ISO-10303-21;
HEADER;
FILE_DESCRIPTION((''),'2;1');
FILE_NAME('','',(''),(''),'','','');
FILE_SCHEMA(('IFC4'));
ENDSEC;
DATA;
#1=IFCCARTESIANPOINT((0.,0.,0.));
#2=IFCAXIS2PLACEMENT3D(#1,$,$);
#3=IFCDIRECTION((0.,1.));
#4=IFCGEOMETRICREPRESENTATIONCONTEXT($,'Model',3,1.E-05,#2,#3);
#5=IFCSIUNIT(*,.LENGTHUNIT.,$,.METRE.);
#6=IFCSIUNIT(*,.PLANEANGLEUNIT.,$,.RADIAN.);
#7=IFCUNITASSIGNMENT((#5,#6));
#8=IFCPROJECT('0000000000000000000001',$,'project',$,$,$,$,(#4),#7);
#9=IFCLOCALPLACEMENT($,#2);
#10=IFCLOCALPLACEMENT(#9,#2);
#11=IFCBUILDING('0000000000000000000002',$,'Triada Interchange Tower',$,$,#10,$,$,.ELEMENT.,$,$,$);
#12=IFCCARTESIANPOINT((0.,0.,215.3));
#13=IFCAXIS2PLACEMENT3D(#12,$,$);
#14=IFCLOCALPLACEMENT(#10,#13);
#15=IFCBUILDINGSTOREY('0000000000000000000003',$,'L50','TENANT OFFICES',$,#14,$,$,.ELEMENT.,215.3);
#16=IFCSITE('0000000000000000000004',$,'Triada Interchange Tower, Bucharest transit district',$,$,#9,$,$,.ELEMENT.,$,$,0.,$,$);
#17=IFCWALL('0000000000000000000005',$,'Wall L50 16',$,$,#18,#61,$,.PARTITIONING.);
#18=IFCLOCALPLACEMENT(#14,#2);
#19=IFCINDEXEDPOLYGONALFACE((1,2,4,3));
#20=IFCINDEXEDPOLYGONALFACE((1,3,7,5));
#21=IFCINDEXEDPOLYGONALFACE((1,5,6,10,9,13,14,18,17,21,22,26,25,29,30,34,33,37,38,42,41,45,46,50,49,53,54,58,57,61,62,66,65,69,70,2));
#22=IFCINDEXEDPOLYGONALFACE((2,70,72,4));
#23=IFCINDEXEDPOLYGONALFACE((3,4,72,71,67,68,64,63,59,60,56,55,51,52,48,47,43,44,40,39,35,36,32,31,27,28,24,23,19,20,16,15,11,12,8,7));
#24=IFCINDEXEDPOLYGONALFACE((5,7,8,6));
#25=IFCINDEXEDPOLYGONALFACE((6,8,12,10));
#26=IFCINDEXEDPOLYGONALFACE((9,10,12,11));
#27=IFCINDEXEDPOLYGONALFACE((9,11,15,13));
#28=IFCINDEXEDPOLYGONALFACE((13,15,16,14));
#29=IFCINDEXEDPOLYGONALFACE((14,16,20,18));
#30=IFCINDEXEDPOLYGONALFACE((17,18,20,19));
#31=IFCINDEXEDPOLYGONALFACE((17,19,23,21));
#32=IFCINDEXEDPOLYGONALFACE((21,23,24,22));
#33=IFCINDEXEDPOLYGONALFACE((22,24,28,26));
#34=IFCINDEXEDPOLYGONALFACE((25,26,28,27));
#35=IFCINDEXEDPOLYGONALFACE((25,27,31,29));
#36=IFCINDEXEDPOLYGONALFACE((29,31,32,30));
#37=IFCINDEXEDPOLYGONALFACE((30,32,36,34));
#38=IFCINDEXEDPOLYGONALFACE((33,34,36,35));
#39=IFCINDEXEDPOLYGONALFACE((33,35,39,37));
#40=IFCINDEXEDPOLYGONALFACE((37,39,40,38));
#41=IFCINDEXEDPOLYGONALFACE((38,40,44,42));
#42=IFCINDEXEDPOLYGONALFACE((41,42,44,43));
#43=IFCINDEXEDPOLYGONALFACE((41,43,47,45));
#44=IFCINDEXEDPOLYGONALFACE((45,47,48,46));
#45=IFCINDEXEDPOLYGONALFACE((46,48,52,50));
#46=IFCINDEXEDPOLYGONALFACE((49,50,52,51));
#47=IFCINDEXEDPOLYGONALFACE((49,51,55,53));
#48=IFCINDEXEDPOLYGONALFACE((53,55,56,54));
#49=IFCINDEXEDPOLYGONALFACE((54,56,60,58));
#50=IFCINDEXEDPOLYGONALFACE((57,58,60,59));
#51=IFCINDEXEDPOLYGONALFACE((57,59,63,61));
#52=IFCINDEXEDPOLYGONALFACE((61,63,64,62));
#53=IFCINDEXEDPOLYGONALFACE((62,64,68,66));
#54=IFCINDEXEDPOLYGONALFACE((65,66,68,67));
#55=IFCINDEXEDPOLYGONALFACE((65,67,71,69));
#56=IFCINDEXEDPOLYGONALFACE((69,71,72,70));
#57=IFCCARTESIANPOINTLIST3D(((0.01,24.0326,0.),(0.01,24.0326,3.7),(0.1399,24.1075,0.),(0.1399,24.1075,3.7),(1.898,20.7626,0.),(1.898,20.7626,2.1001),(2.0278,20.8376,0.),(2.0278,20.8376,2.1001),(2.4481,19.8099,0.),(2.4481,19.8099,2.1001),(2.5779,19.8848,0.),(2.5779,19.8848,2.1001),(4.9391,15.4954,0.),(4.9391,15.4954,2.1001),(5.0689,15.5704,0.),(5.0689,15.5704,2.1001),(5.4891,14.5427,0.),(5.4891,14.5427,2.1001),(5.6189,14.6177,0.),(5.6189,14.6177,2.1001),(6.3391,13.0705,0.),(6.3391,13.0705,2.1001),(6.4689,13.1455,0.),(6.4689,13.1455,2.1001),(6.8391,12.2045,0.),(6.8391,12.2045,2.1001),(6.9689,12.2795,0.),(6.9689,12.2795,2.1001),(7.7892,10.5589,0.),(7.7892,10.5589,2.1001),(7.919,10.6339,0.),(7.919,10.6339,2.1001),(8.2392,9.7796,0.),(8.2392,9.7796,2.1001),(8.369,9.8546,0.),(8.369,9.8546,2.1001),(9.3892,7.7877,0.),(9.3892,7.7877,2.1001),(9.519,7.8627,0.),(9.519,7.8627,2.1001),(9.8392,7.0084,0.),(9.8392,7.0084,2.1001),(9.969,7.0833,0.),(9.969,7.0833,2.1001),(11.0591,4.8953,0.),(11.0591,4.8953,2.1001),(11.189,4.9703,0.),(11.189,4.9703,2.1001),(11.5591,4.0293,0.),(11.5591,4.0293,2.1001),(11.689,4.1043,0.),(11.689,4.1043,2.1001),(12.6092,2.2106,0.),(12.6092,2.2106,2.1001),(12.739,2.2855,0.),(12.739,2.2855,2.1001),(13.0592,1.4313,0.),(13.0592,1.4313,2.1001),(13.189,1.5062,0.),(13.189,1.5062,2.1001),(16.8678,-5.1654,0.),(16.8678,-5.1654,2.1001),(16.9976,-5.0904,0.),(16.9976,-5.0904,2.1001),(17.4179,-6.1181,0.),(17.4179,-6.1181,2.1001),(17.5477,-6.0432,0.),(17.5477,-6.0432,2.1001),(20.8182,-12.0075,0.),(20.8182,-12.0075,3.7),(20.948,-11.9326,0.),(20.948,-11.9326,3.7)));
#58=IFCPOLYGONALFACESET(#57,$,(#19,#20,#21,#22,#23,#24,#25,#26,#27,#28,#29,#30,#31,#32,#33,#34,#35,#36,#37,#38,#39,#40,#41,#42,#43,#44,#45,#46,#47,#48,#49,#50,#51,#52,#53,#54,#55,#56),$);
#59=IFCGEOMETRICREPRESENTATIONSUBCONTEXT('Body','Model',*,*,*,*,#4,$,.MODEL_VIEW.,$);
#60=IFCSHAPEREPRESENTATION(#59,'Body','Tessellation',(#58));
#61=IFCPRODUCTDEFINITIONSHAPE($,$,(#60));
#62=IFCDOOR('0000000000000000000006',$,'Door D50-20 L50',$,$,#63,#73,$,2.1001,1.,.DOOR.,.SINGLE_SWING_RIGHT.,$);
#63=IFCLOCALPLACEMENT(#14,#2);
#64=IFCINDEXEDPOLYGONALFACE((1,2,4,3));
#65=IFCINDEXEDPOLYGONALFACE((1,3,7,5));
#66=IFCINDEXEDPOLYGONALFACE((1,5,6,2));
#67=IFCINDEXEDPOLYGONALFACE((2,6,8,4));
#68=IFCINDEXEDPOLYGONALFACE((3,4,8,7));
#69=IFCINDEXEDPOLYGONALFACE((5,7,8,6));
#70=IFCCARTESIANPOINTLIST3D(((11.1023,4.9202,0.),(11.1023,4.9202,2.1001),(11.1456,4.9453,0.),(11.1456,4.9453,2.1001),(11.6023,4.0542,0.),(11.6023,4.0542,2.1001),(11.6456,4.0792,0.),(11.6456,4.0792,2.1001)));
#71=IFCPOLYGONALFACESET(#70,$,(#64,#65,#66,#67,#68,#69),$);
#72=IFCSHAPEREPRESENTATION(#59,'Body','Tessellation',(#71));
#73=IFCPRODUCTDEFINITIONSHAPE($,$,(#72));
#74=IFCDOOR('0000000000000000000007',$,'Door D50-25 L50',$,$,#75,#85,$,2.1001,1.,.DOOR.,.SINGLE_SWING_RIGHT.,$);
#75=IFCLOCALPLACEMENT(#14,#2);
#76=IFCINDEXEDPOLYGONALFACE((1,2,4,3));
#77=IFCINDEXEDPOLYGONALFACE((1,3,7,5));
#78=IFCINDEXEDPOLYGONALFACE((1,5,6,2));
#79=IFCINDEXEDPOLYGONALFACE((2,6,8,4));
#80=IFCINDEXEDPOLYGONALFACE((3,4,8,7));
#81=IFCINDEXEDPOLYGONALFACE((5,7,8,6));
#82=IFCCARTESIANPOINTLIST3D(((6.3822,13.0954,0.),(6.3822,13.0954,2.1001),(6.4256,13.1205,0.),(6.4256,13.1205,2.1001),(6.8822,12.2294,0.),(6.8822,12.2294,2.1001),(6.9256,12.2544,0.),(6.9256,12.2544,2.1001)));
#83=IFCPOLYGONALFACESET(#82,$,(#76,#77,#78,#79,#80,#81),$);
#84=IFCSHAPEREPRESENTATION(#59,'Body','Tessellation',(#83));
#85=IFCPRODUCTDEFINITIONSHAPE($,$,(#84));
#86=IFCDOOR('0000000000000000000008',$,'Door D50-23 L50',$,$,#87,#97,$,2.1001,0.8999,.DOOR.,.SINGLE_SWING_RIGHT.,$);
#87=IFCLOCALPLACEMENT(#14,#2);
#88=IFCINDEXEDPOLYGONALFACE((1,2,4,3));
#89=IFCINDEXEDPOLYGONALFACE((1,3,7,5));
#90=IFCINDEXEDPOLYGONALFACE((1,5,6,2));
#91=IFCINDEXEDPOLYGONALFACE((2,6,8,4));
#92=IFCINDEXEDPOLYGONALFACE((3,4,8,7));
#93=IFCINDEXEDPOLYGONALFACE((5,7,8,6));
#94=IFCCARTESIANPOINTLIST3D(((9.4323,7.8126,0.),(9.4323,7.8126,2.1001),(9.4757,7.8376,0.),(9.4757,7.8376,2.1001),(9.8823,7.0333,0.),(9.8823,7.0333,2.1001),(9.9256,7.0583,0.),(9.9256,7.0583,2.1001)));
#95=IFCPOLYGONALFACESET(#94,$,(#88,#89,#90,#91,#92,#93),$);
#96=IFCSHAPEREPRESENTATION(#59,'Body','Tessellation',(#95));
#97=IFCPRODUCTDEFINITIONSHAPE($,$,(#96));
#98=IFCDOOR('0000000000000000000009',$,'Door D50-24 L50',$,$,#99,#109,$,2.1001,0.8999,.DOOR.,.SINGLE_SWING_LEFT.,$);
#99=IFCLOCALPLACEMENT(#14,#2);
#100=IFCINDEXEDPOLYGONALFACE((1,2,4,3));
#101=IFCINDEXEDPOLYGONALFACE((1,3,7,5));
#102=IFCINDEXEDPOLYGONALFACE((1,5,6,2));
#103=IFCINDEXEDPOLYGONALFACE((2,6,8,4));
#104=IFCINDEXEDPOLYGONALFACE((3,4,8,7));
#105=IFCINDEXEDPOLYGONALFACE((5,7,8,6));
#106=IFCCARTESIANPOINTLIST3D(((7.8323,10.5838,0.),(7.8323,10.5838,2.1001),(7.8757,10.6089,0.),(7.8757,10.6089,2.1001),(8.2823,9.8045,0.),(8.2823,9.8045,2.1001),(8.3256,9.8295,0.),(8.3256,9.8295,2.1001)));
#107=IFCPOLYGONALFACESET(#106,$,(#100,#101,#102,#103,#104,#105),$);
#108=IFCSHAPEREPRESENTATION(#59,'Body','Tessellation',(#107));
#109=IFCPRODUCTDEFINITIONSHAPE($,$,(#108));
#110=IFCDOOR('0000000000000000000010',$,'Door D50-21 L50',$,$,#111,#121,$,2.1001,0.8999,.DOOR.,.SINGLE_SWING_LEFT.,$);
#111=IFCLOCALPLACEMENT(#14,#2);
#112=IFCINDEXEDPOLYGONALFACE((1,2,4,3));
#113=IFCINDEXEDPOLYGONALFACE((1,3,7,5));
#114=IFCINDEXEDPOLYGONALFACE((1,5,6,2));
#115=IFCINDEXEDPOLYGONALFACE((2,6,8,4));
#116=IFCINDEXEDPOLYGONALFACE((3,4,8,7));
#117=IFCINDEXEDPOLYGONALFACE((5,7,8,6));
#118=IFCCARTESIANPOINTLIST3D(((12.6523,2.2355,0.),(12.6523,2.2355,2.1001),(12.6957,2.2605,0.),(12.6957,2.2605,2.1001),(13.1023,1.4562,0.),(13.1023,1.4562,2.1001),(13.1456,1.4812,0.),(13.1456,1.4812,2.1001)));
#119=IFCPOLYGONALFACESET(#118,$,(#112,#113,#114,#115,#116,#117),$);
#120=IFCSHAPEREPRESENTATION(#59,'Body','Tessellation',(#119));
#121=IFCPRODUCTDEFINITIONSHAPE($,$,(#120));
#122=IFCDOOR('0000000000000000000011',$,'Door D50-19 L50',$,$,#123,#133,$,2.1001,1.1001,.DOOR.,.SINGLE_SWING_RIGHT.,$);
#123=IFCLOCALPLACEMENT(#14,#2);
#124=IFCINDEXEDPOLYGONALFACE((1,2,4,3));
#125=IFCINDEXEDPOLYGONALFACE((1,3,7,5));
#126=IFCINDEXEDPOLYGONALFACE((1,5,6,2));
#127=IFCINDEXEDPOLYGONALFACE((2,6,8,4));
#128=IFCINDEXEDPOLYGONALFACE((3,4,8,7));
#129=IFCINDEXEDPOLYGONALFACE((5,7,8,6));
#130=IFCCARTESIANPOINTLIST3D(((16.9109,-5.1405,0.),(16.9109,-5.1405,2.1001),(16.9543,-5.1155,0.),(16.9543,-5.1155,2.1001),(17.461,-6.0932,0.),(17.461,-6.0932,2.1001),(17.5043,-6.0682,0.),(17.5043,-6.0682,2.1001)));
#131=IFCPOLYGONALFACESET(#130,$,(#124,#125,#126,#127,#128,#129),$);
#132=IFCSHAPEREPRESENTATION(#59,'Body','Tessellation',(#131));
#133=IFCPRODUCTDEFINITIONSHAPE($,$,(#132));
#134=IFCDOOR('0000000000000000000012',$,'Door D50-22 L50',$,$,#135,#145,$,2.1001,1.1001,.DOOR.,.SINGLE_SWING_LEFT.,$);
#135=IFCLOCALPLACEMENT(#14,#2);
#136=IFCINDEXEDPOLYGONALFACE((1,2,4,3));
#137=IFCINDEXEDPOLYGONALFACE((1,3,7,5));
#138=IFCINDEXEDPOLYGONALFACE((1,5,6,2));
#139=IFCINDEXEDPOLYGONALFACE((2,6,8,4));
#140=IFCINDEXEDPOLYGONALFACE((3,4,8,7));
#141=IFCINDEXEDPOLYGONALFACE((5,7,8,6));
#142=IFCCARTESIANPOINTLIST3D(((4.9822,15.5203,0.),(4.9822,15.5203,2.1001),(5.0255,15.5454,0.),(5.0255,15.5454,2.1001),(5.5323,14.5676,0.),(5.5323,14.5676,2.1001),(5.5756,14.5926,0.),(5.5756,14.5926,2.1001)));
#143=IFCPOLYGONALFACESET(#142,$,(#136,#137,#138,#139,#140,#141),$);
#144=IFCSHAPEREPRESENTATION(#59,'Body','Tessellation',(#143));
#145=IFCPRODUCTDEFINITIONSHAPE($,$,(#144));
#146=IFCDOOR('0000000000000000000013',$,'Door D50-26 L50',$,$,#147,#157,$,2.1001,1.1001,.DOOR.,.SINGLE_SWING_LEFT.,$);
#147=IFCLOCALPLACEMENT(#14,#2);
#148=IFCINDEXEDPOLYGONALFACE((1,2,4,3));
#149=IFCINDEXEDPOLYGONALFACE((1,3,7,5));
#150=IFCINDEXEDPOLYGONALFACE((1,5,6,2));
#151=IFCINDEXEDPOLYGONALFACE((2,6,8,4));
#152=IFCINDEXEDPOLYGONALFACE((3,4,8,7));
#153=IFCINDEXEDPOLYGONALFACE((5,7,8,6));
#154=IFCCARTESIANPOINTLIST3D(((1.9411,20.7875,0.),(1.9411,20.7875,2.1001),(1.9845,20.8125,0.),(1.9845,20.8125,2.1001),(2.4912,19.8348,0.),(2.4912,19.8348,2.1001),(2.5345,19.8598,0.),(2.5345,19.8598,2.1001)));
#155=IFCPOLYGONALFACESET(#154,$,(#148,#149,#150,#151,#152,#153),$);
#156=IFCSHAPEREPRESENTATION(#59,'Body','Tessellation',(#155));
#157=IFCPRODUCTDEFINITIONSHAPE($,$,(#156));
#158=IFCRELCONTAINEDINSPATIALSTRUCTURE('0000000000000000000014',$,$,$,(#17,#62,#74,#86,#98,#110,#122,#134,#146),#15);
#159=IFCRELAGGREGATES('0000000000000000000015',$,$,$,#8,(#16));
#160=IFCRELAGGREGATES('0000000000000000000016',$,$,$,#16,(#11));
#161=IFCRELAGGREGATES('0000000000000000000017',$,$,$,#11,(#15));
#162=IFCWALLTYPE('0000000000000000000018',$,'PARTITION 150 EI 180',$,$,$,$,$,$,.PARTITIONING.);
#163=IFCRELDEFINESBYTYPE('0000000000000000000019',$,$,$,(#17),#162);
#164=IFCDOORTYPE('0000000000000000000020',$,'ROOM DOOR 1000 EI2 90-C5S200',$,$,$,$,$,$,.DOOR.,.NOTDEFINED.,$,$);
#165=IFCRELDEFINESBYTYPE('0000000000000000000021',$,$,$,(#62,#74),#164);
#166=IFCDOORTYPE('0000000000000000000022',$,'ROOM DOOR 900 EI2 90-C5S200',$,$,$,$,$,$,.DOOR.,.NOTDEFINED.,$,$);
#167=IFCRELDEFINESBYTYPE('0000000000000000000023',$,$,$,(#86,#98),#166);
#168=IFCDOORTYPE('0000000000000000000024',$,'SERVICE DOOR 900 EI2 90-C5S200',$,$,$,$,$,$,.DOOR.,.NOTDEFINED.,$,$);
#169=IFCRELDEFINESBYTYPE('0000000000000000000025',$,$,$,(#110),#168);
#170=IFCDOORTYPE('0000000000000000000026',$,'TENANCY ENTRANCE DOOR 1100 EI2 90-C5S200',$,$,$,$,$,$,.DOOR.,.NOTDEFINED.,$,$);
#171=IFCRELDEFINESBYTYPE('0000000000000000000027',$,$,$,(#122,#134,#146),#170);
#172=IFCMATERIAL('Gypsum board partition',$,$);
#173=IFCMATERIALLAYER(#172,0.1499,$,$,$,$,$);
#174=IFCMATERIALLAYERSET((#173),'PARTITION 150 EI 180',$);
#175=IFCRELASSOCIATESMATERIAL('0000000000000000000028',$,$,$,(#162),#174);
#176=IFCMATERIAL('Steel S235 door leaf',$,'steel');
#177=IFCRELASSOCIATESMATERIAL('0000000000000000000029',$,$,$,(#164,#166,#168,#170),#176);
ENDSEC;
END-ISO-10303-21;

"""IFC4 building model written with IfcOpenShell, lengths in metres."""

from ifc_helpers import new_model, si_unit, direction, frame, frame_2d, origin, place, context, subcontext, project, spatial, rectangle, extrude, material, layer, layer_set, type_object, element, fill, save


model = new_model("IFC4")

# Units and contexts
model_context = context("Model", 3, precision=1e-05, world=origin(), true_north=direction((0.0, 1.0)))
body_context = subcontext(model_context, "Body", "Model", "MODEL_VIEW")
ifc_project = project(units=[si_unit("LENGTHUNIT", "METRE"), si_unit("PLANEANGLEUNIT", "RADIAN")], contexts=[model_context])

# Site, building, storey
site_placement = place(None, origin())
site = spatial("IfcSite", under=ifc_project, at=site_placement, Name="Triada Interchange Tower, Bucharest transit district", CompositionType="ELEMENT", RefElevation=0.0)
building_placement = place(site_placement, origin())
building = spatial("IfcBuilding", under=site, at=building_placement, Name="Triada Interchange Tower", CompositionType="ELEMENT")
storey_placement = place(building_placement, frame((0.0, 0.0, 215.3)))
storey = spatial("IfcBuildingStorey", under=building, at=storey_placement, Name="L50", Description="TENANT OFFICES", CompositionType="ELEMENT", Elevation=215.3)

# Wall, openings, doors
ifc_material_1 = material(Name="Gypsum board partition")
ifc_layer_1 = layer(ifc_material_1, 0.1499)
ifc_layer_set_1 = layer_set([ifc_layer_1], Name="PARTITION 150 EI 180")
wall_type_1 = type_object("IfcWallType", Name="PARTITION 150 EI 180", PredefinedType="PARTITIONING", material=ifc_layer_set_1)
wall_1_placement = place(storey_placement, frame((0.075, 24.0701, 0.0), z_axis=(0.0, 0.0, 1.0), x_axis=(0.500007, -0.866021, 0.0)))
wall_1 = element("IfcWall", 1, at=wall_1_placement, inside=storey, type_object=wall_type_1, Name="Wall L50 16", PredefinedType="PARTITIONING", context=body_context, shape_type="SweptSolid", body=[
    extrude(rectangle(XDim=41.6157, YDim=0.1499, at=frame_2d((20.8079, 0.0))), origin(), (0.0, 0.0, 1.0), 3.7),
])
opening_1_placement = place(wall_1_placement, frame((33.7151, 0.0, 0.0)))
opening_1 = element("IfcOpeningElement", 2, at=opening_1_placement, cuts=wall_1, PredefinedType="OPENING", context=body_context, shape_type="SweptSolid", body=[
    extrude(rectangle(XDim=1.1001, YDim=2.1001, at=frame_2d((0.55, 1.05))), frame((0.0, 0.085, 0.0), z_axis=(0.0, -1.0, 0.0), x_axis=(1.0, 0.0, 0.0)), (0.0, 0.0, 1.0), 0.1699),
])
opening_2_placement = place(wall_1_placement, frame((22.0979, 0.0, 0.0)))
opening_2 = element("IfcOpeningElement", 3, at=opening_2_placement, cuts=wall_1, PredefinedType="OPENING", context=body_context, shape_type="SweptSolid", body=[
    extrude(rectangle(XDim=1.0, YDim=2.1001, at=frame_2d((0.5, 1.05))), frame((0.0, 0.085, 0.0), z_axis=(0.0, -1.0, 0.0), x_axis=(1.0, 0.0, 0.0)), (0.0, 0.0, 1.0), 0.1699),
])
opening_3_placement = place(wall_1_placement, frame((25.198, 0.0, 0.0)))
opening_3 = element("IfcOpeningElement", 4, at=opening_3_placement, cuts=wall_1, PredefinedType="OPENING", context=body_context, shape_type="SweptSolid", body=[
    extrude(rectangle(XDim=0.8999, YDim=2.1001, at=frame_2d((0.45, 1.05))), frame((0.0, 0.085, 0.0), z_axis=(0.0, -1.0, 0.0), x_axis=(1.0, 0.0, 0.0)), (0.0, 0.0, 1.0), 0.1699),
])
opening_4_placement = place(wall_1_placement, frame((9.8579, 0.0, 0.0)))
opening_4 = element("IfcOpeningElement", 5, at=opening_4_placement, cuts=wall_1, PredefinedType="OPENING", context=body_context, shape_type="SweptSolid", body=[
    extrude(rectangle(XDim=1.1001, YDim=2.1001, at=frame_2d((0.55, 1.05))), frame((0.0, 0.085, 0.0), z_axis=(0.0, -1.0, 0.0), x_axis=(1.0, 0.0, 0.0)), (0.0, 0.0, 1.0), 0.1699),
])
opening_5_placement = place(wall_1_placement, frame((18.7581, 0.0, 0.0)))
opening_5 = element("IfcOpeningElement", 6, at=opening_5_placement, cuts=wall_1, PredefinedType="OPENING", context=body_context, shape_type="SweptSolid", body=[
    extrude(rectangle(XDim=0.8999, YDim=2.1001, at=frame_2d((0.45, 1.05))), frame((0.0, 0.085, 0.0), z_axis=(0.0, -1.0, 0.0), x_axis=(1.0, 0.0, 0.0)), (0.0, 0.0, 1.0), 0.1699),
])
opening_6_placement = place(wall_1_placement, frame((15.5581, 0.0, 0.0)))
opening_6 = element("IfcOpeningElement", 7, at=opening_6_placement, cuts=wall_1, PredefinedType="OPENING", context=body_context, shape_type="SweptSolid", body=[
    extrude(rectangle(XDim=0.8999, YDim=2.1001, at=frame_2d((0.45, 1.05))), frame((0.0, 0.085, 0.0), z_axis=(0.0, -1.0, 0.0), x_axis=(1.0, 0.0, 0.0)), (0.0, 0.0, 1.0), 0.1699),
])
opening_7_placement = place(wall_1_placement, frame((12.658, 0.0, 0.0)))
opening_7 = element("IfcOpeningElement", 8, at=opening_7_placement, cuts=wall_1, PredefinedType="OPENING", context=body_context, shape_type="SweptSolid", body=[
    extrude(rectangle(XDim=1.0, YDim=2.1001, at=frame_2d((0.5, 1.05))), frame((0.0, 0.085, 0.0), z_axis=(0.0, -1.0, 0.0), x_axis=(1.0, 0.0, 0.0)), (0.0, 0.0, 1.0), 0.1699),
])
opening_8_placement = place(wall_1_placement, frame((3.7759, 0.0, 0.0)))
opening_8 = element("IfcOpeningElement", 9, at=opening_8_placement, cuts=wall_1, PredefinedType="OPENING", context=body_context, shape_type="SweptSolid", body=[
    extrude(rectangle(XDim=1.1001, YDim=2.1001, at=frame_2d((0.55, 1.05))), frame((0.0, 0.085, 0.0), z_axis=(0.0, -1.0, 0.0), x_axis=(1.0, 0.0, 0.0)), (0.0, 0.0, 1.0), 0.1699),
])
ifc_material_2 = material(Name="Steel S235 door leaf", Category="steel")
door_type_1 = type_object("IfcDoorType", Name="ROOM DOOR 1000 EI2 90-C5S200", OperationType="NOTDEFINED", PredefinedType="DOOR", material=ifc_material_2)
door_1_placement = place(opening_2_placement, origin())
door_1 = element("IfcDoor", 10, at=door_1_placement, inside=storey, type_object=door_type_1, Name="Door D50-20 L50", OperationType="SINGLE_SWING_RIGHT", OverallHeight=2.1001, OverallWidth=1.0, PredefinedType="DOOR", context=body_context, shape_type="SweptSolid", body=[
    extrude(rectangle(XDim=1.0, YDim=2.1001, at=frame_2d((0.5, 1.05))), frame((0.0, 0.0249, 0.0), z_axis=(0.0, -1.0, 0.0), x_axis=(1.0, 0.0, 0.0)), (0.0, 0.0, 1.0), 0.05),
])
fill(opening_2, door_1)
door_2_placement = place(opening_7_placement, origin())
door_2 = element("IfcDoor", 11, at=door_2_placement, inside=storey, type_object=door_type_1, Name="Door D50-25 L50", OperationType="SINGLE_SWING_RIGHT", OverallHeight=2.1001, OverallWidth=1.0, PredefinedType="DOOR", context=body_context, shape_type="SweptSolid", body=[
    extrude(rectangle(XDim=1.0, YDim=2.1001, at=frame_2d((0.5, 1.05))), frame((0.0, 0.0249, 0.0), z_axis=(0.0, -1.0, 0.0), x_axis=(1.0, 0.0, 0.0)), (0.0, 0.0, 1.0), 0.05),
])
fill(opening_7, door_2)
door_type_2 = type_object("IfcDoorType", Name="ROOM DOOR 900 EI2 90-C5S200", OperationType="NOTDEFINED", PredefinedType="DOOR", material=ifc_material_2)
door_3_placement = place(opening_5_placement, origin())
door_3 = element("IfcDoor", 12, at=door_3_placement, inside=storey, type_object=door_type_2, Name="Door D50-23 L50", OperationType="SINGLE_SWING_RIGHT", OverallHeight=2.1001, OverallWidth=0.8999, PredefinedType="DOOR", context=body_context, shape_type="SweptSolid", body=[
    extrude(rectangle(XDim=0.8999, YDim=2.1001, at=frame_2d((0.45, 1.05))), frame((0.0, 0.0249, 0.0), z_axis=(0.0, -1.0, 0.0), x_axis=(1.0, 0.0, 0.0)), (0.0, 0.0, 1.0), 0.05),
])
fill(opening_5, door_3)
door_4_placement = place(opening_6_placement, origin())
door_4 = element("IfcDoor", 13, at=door_4_placement, inside=storey, type_object=door_type_2, Name="Door D50-24 L50", OperationType="SINGLE_SWING_LEFT", OverallHeight=2.1001, OverallWidth=0.8999, PredefinedType="DOOR", context=body_context, shape_type="SweptSolid", body=[
    extrude(rectangle(XDim=0.8999, YDim=2.1001, at=frame_2d((0.45, 1.05))), frame((0.0, 0.0249, 0.0), z_axis=(0.0, -1.0, 0.0), x_axis=(1.0, 0.0, 0.0)), (0.0, 0.0, 1.0), 0.05),
])
fill(opening_6, door_4)
door_type_3 = type_object("IfcDoorType", Name="SERVICE DOOR 900 EI2 90-C5S200", OperationType="NOTDEFINED", PredefinedType="DOOR", material=ifc_material_2)
door_5_placement = place(opening_3_placement, origin())
door_5 = element("IfcDoor", 14, at=door_5_placement, inside=storey, type_object=door_type_3, Name="Door D50-21 L50", OperationType="SINGLE_SWING_LEFT", OverallHeight=2.1001, OverallWidth=0.8999, PredefinedType="DOOR", context=body_context, shape_type="SweptSolid", body=[
    extrude(rectangle(XDim=0.8999, YDim=2.1001, at=frame_2d((0.45, 1.05))), frame((0.0, 0.0249, 0.0), z_axis=(0.0, -1.0, 0.0), x_axis=(1.0, 0.0, 0.0)), (0.0, 0.0, 1.0), 0.05),
])
fill(opening_3, door_5)
door_type_4 = type_object("IfcDoorType", Name="TENANCY ENTRANCE DOOR 1100 EI2 90-C5S200", OperationType="NOTDEFINED", PredefinedType="DOOR", material=ifc_material_2)
door_6_placement = place(opening_1_placement, origin())
door_6 = element("IfcDoor", 15, at=door_6_placement, inside=storey, type_object=door_type_4, Name="Door D50-19 L50", OperationType="SINGLE_SWING_RIGHT", OverallHeight=2.1001, OverallWidth=1.1001, PredefinedType="DOOR", context=body_context, shape_type="SweptSolid", body=[
    extrude(rectangle(XDim=1.1001, YDim=2.1001, at=frame_2d((0.55, 1.05))), frame((0.0, 0.0249, 0.0), z_axis=(0.0, -1.0, 0.0), x_axis=(1.0, 0.0, 0.0)), (0.0, 0.0, 1.0), 0.05),
])
fill(opening_1, door_6)
door_7_placement = place(opening_4_placement, origin())
door_7 = element("IfcDoor", 16, at=door_7_placement, inside=storey, type_object=door_type_4, Name="Door D50-22 L50", OperationType="SINGLE_SWING_LEFT", OverallHeight=2.1001, OverallWidth=1.1001, PredefinedType="DOOR", context=body_context, shape_type="SweptSolid", body=[
    extrude(rectangle(XDim=1.1001, YDim=2.1001, at=frame_2d((0.55, 1.05))), frame((0.0, 0.0249, 0.0), z_axis=(0.0, -1.0, 0.0), x_axis=(1.0, 0.0, 0.0)), (0.0, 0.0, 1.0), 0.05),
])
fill(opening_4, door_7)
door_8_placement = place(opening_8_placement, origin())
door_8 = element("IfcDoor", 17, at=door_8_placement, inside=storey, type_object=door_type_4, Name="Door D50-26 L50", OperationType="SINGLE_SWING_LEFT", OverallHeight=2.1001, OverallWidth=1.1001, PredefinedType="DOOR", context=body_context, shape_type="SweptSolid", body=[
    extrude(rectangle(XDim=1.1001, YDim=2.1001, at=frame_2d((0.55, 1.05))), frame((0.0, 0.0249, 0.0), z_axis=(0.0, -1.0, 0.0), x_axis=(1.0, 0.0, 0.0)), (0.0, 0.0, 1.0), 0.05),
])
fill(opening_8, door_8)

save(model, "model.ifc")
